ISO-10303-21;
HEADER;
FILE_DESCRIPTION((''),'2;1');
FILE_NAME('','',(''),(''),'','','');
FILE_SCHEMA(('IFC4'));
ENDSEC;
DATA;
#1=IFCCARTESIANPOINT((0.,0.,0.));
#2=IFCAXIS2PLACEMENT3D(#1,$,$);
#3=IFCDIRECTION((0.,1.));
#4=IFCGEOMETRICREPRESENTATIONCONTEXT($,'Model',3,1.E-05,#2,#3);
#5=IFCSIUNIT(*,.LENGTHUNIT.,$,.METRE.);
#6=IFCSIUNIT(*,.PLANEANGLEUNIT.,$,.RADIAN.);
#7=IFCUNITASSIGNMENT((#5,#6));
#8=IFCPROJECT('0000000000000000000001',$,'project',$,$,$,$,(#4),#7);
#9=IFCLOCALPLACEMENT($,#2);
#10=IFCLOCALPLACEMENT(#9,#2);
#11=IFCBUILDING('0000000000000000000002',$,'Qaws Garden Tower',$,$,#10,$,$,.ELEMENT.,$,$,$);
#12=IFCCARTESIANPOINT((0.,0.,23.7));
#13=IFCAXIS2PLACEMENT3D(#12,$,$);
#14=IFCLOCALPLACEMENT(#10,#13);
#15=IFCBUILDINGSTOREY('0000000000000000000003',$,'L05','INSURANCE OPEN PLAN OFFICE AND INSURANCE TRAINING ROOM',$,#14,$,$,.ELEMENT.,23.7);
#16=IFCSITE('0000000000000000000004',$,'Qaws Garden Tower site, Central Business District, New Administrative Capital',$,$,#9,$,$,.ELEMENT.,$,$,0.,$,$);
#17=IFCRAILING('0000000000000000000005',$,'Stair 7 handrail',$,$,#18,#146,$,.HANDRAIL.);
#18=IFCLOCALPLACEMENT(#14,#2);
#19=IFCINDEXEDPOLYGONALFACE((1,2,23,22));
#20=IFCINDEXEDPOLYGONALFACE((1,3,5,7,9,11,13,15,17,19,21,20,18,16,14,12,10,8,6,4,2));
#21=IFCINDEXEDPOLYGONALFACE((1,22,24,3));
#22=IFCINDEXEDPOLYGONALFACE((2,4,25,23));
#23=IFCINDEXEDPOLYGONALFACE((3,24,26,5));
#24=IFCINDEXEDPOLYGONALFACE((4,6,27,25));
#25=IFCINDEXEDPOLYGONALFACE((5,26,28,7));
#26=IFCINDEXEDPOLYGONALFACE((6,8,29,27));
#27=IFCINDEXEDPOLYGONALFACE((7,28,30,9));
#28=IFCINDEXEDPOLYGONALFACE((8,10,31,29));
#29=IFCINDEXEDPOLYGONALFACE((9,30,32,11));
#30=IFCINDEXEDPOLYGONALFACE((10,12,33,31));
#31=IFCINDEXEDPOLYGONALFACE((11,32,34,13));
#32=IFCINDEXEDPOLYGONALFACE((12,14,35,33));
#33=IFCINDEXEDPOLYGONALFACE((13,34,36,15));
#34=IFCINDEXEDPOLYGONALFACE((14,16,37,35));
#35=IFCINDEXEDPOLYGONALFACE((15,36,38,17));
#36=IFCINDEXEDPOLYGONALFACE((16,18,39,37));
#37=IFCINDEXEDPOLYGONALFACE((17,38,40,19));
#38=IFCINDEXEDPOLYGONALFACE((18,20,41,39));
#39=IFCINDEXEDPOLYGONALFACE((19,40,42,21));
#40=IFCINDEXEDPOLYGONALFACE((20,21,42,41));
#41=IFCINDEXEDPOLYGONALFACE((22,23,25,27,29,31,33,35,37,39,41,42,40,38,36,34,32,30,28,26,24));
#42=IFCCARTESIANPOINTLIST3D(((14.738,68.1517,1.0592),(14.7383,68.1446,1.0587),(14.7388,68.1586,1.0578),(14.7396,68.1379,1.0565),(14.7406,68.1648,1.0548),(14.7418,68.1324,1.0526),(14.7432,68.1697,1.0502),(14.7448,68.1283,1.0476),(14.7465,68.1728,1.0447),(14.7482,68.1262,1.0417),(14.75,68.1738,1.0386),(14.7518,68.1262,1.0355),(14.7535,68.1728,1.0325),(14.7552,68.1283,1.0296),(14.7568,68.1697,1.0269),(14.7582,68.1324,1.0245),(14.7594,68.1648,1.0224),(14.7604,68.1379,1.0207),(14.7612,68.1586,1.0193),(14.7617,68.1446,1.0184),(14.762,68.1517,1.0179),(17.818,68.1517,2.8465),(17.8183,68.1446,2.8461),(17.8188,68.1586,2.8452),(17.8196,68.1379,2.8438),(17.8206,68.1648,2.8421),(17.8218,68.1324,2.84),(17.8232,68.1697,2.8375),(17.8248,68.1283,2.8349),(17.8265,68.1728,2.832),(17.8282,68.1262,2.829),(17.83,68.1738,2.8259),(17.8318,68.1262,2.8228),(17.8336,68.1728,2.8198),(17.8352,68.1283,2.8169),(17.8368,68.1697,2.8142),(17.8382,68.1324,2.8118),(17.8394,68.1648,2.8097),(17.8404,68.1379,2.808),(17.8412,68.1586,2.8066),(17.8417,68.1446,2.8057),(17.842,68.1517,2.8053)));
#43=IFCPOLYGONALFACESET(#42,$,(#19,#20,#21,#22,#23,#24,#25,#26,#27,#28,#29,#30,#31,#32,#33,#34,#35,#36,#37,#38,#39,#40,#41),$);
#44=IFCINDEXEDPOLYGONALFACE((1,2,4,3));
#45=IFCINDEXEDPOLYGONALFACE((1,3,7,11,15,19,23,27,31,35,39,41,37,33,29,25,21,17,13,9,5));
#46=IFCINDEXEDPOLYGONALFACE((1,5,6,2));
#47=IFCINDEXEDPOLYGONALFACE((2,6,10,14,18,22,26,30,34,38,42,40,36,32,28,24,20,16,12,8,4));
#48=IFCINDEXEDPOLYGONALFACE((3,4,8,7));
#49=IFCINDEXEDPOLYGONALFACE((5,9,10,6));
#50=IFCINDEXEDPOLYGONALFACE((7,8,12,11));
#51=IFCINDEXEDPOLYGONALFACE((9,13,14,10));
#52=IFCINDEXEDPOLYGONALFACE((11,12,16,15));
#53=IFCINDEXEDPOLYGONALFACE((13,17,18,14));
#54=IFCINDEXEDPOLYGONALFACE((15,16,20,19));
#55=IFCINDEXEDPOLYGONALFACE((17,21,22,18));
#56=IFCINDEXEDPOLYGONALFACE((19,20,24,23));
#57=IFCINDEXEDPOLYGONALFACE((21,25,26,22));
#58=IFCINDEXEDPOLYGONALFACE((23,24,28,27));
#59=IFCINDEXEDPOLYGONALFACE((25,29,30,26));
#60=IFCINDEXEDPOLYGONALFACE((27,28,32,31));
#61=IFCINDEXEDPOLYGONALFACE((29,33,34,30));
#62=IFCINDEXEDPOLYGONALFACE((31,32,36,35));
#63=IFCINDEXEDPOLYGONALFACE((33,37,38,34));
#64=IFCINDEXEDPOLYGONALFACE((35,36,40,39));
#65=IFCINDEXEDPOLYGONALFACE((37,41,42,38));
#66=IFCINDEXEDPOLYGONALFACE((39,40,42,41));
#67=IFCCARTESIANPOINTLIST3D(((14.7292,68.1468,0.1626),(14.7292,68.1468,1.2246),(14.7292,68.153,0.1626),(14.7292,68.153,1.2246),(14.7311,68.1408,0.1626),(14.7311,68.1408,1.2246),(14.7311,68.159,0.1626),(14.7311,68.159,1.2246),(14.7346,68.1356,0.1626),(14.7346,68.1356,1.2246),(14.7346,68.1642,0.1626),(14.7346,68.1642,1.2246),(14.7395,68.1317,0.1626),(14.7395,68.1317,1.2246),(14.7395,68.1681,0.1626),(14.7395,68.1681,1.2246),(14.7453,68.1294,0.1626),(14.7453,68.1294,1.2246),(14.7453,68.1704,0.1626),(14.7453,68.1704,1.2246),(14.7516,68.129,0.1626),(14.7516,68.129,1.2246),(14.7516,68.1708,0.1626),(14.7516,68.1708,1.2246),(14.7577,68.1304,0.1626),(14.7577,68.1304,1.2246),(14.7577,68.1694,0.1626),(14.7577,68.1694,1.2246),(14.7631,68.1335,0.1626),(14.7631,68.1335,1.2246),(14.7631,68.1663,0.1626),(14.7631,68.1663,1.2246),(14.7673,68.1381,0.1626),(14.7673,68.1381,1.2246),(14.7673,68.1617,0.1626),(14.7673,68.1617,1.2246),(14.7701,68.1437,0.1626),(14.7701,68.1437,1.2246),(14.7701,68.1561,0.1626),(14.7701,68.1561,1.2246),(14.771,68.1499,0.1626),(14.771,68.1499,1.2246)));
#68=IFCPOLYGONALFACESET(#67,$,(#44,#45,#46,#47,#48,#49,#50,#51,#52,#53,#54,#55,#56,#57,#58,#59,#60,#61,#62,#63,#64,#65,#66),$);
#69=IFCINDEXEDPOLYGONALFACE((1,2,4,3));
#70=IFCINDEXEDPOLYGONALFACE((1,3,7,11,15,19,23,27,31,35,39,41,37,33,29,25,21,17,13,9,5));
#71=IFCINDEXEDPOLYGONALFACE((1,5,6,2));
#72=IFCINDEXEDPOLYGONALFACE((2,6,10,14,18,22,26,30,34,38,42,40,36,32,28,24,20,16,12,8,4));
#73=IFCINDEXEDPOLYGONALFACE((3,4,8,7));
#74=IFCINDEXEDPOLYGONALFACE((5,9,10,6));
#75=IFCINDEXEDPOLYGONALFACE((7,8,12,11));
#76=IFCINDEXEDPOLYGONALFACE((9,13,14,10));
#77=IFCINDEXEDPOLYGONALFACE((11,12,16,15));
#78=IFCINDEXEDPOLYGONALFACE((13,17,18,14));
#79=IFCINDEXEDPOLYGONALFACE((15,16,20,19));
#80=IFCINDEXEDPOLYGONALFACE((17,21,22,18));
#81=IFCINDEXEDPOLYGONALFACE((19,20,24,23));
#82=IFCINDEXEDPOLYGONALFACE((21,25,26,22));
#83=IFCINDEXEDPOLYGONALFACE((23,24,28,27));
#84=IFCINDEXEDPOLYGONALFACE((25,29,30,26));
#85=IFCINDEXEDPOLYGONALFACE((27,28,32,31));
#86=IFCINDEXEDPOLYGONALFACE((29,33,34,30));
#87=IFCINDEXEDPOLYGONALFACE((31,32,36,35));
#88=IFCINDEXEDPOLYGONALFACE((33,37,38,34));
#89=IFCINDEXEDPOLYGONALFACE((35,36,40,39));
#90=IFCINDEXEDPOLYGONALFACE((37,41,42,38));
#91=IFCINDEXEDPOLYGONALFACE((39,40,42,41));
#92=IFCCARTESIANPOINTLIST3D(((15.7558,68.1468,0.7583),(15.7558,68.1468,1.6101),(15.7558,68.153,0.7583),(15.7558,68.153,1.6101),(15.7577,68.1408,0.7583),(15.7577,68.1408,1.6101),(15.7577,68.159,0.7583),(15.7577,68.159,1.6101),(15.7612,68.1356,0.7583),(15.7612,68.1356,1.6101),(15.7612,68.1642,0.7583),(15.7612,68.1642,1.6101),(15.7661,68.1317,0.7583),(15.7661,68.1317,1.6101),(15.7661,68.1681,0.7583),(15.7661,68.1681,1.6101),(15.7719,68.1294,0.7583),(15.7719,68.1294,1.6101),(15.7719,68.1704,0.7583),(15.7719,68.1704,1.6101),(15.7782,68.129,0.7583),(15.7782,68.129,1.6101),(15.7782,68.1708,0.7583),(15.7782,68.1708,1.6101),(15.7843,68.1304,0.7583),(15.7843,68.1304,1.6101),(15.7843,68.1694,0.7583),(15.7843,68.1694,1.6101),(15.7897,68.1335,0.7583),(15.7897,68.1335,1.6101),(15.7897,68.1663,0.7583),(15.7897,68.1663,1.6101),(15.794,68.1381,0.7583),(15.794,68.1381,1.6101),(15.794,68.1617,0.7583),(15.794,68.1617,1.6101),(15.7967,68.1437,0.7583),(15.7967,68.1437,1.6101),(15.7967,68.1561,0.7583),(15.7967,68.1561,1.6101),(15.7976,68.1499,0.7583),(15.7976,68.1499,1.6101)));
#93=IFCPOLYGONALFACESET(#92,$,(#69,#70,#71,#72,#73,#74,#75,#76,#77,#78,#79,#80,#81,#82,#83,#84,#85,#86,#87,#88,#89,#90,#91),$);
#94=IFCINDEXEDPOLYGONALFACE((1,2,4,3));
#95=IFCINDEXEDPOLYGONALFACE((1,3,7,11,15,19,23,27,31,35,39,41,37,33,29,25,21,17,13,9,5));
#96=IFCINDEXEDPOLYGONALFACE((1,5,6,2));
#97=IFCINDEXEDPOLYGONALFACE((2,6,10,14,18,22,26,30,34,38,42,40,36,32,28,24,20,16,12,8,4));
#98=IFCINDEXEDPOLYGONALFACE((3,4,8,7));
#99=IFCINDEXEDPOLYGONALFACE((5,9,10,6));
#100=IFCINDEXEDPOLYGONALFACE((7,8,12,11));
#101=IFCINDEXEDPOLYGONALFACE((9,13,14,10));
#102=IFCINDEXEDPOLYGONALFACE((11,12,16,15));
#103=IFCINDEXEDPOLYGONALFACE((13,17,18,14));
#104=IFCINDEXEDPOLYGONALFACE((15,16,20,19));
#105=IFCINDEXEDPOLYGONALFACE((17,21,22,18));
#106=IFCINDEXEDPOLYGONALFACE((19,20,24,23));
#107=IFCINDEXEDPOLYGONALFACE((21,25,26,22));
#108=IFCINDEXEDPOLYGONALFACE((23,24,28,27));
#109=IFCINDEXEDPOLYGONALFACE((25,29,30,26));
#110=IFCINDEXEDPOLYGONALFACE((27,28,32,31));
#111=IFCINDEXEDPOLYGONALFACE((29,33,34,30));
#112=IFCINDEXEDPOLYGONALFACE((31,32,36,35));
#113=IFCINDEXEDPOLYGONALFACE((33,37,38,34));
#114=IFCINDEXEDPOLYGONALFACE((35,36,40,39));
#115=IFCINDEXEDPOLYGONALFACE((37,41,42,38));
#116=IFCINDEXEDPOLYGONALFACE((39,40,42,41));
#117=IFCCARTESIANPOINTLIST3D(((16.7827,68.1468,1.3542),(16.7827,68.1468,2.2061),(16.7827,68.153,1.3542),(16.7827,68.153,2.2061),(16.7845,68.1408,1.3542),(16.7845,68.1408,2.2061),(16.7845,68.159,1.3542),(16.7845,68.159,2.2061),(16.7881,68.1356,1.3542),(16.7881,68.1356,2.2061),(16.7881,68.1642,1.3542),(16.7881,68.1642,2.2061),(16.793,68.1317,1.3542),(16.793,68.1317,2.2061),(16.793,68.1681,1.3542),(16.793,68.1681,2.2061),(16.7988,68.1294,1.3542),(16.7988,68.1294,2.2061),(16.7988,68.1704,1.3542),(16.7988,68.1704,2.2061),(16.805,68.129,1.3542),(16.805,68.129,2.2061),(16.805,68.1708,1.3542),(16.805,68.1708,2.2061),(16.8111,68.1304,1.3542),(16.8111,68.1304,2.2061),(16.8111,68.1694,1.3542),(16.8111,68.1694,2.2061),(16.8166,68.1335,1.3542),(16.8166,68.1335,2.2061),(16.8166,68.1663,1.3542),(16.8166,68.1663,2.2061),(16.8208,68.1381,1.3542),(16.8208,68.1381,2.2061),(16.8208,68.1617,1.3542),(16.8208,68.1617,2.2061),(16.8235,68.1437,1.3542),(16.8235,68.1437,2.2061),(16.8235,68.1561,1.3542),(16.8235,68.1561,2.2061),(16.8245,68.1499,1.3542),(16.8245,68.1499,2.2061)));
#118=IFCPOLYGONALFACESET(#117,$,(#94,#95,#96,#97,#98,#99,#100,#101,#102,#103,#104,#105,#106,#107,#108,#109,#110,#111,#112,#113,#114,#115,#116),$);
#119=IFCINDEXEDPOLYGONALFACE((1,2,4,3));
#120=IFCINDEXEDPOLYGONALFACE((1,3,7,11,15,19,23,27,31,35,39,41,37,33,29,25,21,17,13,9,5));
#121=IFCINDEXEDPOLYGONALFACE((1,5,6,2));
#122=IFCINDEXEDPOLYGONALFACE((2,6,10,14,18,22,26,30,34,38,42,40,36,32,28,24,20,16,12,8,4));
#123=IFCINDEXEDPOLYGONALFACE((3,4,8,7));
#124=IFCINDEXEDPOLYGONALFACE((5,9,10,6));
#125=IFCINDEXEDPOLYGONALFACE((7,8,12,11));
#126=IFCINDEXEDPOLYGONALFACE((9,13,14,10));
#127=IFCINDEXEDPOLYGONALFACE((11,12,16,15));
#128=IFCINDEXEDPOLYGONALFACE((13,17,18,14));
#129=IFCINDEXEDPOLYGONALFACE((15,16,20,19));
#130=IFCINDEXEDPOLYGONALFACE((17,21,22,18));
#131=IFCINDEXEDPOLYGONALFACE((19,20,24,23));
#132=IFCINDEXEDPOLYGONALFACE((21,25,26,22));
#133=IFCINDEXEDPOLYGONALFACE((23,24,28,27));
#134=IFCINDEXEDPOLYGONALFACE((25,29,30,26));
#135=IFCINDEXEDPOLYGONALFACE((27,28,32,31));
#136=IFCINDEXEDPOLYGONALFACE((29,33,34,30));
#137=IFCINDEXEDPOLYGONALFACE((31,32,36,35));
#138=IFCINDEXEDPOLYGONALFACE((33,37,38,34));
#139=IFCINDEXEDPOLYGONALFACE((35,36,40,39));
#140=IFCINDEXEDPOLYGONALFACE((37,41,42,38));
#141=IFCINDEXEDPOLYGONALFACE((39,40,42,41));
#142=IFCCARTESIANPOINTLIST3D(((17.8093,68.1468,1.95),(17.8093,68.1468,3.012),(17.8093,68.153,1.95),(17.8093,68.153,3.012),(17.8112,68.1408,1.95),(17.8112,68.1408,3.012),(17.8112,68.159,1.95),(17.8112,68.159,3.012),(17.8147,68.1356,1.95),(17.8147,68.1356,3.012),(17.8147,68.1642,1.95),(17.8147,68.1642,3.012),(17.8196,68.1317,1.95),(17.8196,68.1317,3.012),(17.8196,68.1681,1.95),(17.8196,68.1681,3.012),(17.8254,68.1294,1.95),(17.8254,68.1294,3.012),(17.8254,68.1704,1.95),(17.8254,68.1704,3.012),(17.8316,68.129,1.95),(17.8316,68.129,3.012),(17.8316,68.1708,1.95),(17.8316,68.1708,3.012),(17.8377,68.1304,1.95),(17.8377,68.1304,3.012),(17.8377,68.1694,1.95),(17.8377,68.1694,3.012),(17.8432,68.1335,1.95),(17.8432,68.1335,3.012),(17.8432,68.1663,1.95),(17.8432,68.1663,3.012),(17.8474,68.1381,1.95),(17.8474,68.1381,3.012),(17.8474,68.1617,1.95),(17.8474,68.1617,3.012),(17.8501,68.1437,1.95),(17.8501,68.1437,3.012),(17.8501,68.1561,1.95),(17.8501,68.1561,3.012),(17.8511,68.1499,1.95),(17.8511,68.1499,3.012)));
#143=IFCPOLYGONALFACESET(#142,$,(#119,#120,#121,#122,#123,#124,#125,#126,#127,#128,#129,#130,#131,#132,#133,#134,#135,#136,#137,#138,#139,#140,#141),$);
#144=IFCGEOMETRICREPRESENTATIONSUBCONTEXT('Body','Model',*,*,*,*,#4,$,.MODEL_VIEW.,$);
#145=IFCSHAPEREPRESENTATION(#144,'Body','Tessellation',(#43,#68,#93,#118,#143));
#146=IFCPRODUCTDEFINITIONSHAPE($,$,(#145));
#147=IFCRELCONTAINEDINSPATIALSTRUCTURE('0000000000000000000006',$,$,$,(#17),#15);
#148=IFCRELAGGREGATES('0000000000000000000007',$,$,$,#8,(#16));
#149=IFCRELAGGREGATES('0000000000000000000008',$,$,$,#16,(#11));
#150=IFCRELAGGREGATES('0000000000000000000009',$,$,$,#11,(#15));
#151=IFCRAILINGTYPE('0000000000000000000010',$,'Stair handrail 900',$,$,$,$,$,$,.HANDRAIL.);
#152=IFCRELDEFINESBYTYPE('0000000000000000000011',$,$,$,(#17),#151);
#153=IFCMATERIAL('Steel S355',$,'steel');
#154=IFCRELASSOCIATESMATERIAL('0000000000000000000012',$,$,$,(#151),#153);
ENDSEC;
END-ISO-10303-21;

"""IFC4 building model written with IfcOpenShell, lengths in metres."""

from ifc_helpers import new_model, si_unit, direction, frame, origin, origin_2d, place, context, subcontext, project, spatial, circle, extrude, material, type_object, element, save


model = new_model("IFC4")

# Units and contexts
model_context = context("Model", 3, precision=1e-05, world=origin(), true_north=direction((0.0, 1.0)))
body_context = subcontext(model_context, "Body", "Model", "MODEL_VIEW")
ifc_project = project(units=[si_unit("LENGTHUNIT", "METRE"), si_unit("PLANEANGLEUNIT", "RADIAN")], contexts=[model_context])

# Site, building, storey
site_placement = place(None, origin())
site = spatial("IfcSite", under=ifc_project, at=site_placement, Name="Qaws Garden Tower site, Central Business District, New Administrative Capital", CompositionType="ELEMENT", RefElevation=0.0)
building_placement = place(site_placement, origin())
building = spatial("IfcBuilding", under=site, at=building_placement, Name="Qaws Garden Tower", CompositionType="ELEMENT")
storey_placement = place(building_placement, frame((0.0, 0.0, 23.7)))
storey = spatial("IfcBuildingStorey", under=building, at=storey_placement, Name="L05", Description="INSURANCE OPEN PLAN OFFICE AND INSURANCE TRAINING ROOM", CompositionType="ELEMENT", Elevation=23.7)

# Railing
ifc_material_1 = material(Name="Steel S355", Category="steel")
railing_type = type_object("IfcRailingType", Name="Stair handrail 900", PredefinedType="HANDRAIL", material=ifc_material_1)
railing_1_placement = place(storey_placement, frame((14.75, 68.1499, 0.1626)))
element("IfcRailing", 1, at=railing_1_placement, inside=storey, type_object=railing_type, Name="Stair 7 handrail", PredefinedType="HANDRAIL", context=body_context, shape_type="SweptSolid", body=[
    extrude(circle(Radius=0.0239, at=origin_2d()), frame((0.0, 0.0, 0.876), z_axis=(0.86492, 0.0, 0.501909), x_axis=(0.0, 1.0, 0.0)), (0.0, 0.0, 1.0), 3.561),
    extrude(circle(Radius=0.021, at=origin_2d()), origin(), (0.0, 0.0, 1.0), 1.062),
    extrude(circle(Radius=0.021, at=origin_2d()), frame((1.0266, 0.0, 0.5957)), (0.0, 0.0, 1.0), 0.8518),
    extrude(circle(Radius=0.021, at=origin_2d()), frame((2.0535, 0.0, 1.1917)), (0.0, 0.0, 1.0), 0.8518),
    extrude(circle(Radius=0.021, at=origin_2d()), frame((3.0801, 0.0, 1.7874)), (0.0, 0.0, 1.0), 1.062),
])

save(model, "model.ifc")
